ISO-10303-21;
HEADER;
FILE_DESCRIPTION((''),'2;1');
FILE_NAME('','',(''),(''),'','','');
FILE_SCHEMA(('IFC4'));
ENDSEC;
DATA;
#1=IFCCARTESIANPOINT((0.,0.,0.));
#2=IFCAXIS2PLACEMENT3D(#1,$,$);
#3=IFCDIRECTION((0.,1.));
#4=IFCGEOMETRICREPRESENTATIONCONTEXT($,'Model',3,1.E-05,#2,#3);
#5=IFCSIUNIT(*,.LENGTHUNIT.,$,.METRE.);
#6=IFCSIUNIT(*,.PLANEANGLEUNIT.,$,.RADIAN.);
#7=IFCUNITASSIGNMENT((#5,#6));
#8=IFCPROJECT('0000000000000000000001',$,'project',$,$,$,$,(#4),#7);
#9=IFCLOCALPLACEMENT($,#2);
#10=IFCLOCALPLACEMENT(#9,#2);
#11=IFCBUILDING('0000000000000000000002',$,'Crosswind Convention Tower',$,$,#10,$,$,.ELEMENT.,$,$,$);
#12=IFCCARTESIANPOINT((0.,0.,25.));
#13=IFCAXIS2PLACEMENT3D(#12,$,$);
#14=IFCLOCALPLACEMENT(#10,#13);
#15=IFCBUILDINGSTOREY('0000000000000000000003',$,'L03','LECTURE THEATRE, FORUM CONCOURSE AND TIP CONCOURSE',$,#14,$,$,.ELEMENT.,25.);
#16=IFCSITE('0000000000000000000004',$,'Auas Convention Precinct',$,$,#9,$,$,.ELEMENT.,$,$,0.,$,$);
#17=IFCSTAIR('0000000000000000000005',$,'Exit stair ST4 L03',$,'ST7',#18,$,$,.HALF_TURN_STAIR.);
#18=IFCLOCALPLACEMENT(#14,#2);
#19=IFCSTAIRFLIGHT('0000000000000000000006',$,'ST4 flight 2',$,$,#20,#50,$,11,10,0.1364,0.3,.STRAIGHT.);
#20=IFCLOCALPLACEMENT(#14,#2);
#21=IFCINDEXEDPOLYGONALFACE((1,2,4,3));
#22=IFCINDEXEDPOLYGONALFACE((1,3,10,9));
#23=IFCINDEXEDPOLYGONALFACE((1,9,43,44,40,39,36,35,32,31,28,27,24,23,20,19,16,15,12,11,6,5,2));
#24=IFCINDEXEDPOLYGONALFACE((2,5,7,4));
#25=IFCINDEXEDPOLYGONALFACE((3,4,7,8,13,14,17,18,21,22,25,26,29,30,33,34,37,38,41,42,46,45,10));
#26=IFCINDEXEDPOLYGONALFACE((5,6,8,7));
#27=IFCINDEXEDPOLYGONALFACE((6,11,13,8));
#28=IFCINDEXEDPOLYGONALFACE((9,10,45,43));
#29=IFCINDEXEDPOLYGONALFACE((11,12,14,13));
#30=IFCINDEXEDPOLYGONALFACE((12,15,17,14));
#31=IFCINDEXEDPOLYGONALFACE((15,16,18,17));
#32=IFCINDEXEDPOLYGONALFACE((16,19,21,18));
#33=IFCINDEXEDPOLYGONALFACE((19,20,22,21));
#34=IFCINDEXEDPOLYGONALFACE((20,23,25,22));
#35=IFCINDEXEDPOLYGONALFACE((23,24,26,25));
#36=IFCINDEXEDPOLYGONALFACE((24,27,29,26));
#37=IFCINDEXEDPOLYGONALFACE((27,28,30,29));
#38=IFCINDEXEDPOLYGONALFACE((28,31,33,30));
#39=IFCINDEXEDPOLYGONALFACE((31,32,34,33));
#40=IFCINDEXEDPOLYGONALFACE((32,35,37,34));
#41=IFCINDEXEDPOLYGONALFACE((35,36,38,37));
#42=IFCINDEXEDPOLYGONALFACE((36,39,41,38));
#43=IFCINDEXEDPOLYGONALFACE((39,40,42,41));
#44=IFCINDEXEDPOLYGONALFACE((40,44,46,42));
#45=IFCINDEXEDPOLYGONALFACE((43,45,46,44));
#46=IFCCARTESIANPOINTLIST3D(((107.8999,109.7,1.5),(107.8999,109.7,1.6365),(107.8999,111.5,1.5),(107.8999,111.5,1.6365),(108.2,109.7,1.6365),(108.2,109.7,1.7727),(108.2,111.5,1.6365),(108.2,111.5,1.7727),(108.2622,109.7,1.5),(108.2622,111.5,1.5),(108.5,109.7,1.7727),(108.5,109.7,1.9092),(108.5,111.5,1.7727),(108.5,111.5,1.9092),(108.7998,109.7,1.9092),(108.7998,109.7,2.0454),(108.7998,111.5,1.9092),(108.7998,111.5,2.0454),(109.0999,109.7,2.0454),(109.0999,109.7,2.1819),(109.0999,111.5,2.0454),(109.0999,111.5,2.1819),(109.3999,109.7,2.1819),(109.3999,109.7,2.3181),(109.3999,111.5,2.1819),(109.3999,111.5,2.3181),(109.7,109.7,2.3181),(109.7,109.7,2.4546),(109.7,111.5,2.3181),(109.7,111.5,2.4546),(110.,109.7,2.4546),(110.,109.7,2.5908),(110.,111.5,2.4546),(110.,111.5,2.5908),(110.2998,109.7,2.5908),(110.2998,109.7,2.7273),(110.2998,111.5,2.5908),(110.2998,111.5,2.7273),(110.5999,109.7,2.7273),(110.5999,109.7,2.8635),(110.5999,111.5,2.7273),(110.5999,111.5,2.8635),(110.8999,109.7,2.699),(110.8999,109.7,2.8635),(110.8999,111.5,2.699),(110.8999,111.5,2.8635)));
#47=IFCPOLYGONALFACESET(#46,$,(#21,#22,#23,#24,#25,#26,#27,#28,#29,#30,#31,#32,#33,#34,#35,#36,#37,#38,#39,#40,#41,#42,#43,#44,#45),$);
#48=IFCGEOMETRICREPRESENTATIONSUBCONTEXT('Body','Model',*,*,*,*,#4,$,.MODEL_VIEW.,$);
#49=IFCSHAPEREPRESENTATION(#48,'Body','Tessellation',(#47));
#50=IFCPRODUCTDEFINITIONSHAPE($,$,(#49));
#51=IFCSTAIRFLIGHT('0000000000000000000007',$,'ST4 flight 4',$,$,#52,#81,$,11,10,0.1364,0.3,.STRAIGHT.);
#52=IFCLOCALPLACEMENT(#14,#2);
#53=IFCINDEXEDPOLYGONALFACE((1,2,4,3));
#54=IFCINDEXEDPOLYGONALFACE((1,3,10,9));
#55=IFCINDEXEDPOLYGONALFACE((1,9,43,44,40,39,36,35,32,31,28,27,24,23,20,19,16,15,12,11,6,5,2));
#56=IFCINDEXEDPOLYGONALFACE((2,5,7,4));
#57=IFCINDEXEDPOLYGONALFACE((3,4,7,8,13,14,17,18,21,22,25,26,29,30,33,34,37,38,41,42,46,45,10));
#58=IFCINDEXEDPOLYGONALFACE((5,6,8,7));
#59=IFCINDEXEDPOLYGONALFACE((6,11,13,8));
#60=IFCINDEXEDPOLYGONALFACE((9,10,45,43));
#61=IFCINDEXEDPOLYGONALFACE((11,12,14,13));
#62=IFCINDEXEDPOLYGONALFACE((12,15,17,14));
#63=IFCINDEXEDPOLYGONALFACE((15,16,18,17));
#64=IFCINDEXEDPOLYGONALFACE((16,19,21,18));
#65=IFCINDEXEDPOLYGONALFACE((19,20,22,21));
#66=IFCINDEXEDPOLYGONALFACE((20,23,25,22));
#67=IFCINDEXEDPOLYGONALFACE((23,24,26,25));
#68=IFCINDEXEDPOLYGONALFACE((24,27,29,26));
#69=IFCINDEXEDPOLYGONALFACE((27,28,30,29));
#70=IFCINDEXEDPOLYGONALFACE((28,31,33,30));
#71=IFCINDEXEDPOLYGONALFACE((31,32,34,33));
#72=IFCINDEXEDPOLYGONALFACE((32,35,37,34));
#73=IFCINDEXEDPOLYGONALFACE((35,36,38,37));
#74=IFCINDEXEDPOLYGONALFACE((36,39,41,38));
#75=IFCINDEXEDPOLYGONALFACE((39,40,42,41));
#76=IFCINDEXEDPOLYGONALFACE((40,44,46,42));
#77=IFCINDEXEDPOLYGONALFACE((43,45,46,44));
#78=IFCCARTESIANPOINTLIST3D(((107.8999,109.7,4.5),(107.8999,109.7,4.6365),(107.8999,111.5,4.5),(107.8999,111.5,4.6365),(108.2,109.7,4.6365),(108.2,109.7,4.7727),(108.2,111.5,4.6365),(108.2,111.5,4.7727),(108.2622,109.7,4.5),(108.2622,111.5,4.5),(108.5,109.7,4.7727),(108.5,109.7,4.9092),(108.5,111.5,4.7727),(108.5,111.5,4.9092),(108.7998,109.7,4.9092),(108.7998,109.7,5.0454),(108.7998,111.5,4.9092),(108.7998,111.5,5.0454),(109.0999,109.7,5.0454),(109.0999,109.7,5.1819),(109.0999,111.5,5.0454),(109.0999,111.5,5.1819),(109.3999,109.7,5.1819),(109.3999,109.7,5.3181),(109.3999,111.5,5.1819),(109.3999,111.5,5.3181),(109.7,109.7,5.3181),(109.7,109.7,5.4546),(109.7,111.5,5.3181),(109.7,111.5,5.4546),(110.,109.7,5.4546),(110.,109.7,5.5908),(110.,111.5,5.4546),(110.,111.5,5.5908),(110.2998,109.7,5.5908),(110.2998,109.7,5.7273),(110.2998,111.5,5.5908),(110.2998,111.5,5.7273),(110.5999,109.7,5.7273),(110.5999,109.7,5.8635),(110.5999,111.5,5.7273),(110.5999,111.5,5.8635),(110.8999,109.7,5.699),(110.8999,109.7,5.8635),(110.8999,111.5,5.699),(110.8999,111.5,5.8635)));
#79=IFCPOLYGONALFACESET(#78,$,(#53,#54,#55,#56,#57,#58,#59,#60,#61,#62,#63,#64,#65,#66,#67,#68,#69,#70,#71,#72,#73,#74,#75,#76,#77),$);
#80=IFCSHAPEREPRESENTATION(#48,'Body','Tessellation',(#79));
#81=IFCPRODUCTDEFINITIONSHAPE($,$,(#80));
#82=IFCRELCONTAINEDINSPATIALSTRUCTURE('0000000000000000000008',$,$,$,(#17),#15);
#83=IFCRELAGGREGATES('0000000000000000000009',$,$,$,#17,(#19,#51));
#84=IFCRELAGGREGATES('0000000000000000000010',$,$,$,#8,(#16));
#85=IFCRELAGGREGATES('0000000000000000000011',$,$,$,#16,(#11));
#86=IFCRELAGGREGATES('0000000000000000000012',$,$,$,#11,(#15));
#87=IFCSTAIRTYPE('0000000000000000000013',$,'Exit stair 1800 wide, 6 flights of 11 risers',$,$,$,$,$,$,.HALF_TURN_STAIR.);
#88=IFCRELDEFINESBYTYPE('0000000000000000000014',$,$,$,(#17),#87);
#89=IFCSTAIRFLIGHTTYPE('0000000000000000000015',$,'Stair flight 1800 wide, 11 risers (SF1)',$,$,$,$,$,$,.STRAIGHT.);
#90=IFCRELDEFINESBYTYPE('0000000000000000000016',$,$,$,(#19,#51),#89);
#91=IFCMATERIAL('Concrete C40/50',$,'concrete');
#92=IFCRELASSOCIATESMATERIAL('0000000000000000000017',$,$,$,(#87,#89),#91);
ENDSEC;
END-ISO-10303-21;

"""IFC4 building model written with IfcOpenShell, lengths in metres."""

from ifc_helpers import new_model, si_unit, direction, frame, origin, place, context, subcontext, project, spatial, polyline, outline, extrude, material, type_object, element, aggregate, save


model = new_model("IFC4")

# Units and contexts
model_context = context("Model", 3, precision=1e-05, world=origin(), true_north=direction((0.0, 1.0)))
body_context = subcontext(model_context, "Body", "Model", "MODEL_VIEW")
ifc_project = project(units=[si_unit("LENGTHUNIT", "METRE"), si_unit("PLANEANGLEUNIT", "RADIAN")], contexts=[model_context])

# Site, building, storey
site_placement = place(None, origin())
site = spatial("IfcSite", under=ifc_project, at=site_placement, Name="Auas Convention Precinct", CompositionType="ELEMENT", RefElevation=0.0)
building_placement = place(site_placement, origin())
building = spatial("IfcBuilding", under=site, at=building_placement, Name="Crosswind Convention Tower", CompositionType="ELEMENT")
storey_placement = place(building_placement, frame((0.0, 0.0, 25.0)))
storey = spatial("IfcBuildingStorey", under=building, at=storey_placement, Name="L03", Description="LECTURE THEATRE, FORUM CONCOURSE AND TIP CONCOURSE", CompositionType="ELEMENT", Elevation=25.0)

# Stair, stair flights
ifc_material_1 = material(Name="Concrete C40/50", Category="concrete")
stair_type = type_object("IfcStairType", Name="Exit stair 1800 wide, 6 flights of 11 risers", PredefinedType="HALF_TURN_STAIR", material=ifc_material_1)
stair_placement = place(storey_placement, origin())
stair = element("IfcStair", 1, at=stair_placement, inside=storey, type_object=stair_type, Name="Exit stair ST4 L03", ObjectType="ST7", PredefinedType="HALF_TURN_STAIR")
stair_flight_type = type_object("IfcStairFlightType", Name="Stair flight 1800 wide, 11 risers (SF1)", PredefinedType="STRAIGHT", material=ifc_material_1)
stair_flight_1_placement = place(storey_placement, frame((107.8999, 110.6001, 1.5), z_axis=(0.0, 0.0, 1.0), x_axis=(1.0, 0.0, 0.0)))
stair_flight_1 = element("IfcStairFlight", 2, at=stair_flight_1_placement, type_object=stair_flight_type, Name="ST4 flight 2", NumberOfRisers=11, NumberOfTreads=10, PredefinedType="STRAIGHT", RiserHeight=0.1364, TreadLength=0.3, context=body_context, shape_type="SweptSolid", body=[
    extrude(outline(polyline([(0.0, 0.0), (0.0, 0.1365), (0.3, 0.1365), (0.3, 0.2727), (0.6001, 0.2727), (0.6001, 0.4092), (0.8999, 0.4092), (0.8999, 0.5454), (1.2, 0.5454), (1.2, 0.6819), (1.5, 0.6819), (1.5, 0.8181), (1.8, 0.8181), (1.8, 0.9546), (2.1001, 0.9546), (2.1001, 1.0908), (2.3999, 1.0908), (2.3999, 1.2273), (2.7, 1.2273), (2.7, 1.3635), (3.0, 1.3635), (3.0, 1.5), (3.0, 1.199), (0.3623, 0.0), (0.0, 0.0)])), frame((0.0, 0.8999, 0.0), z_axis=(0.0, -1.0, 0.0), x_axis=(1.0, 0.0, 0.0)), (0.0, 0.0, 1.0), 1.8),
])
stair_flight_2_placement = place(storey_placement, frame((107.8999, 110.6001, 4.5), z_axis=(0.0, 0.0, 1.0), x_axis=(1.0, 0.0, 0.0)))
stair_flight_2 = element("IfcStairFlight", 3, at=stair_flight_2_placement, type_object=stair_flight_type, Name="ST4 flight 4", NumberOfRisers=11, NumberOfTreads=10, PredefinedType="STRAIGHT", RiserHeight=0.1364, TreadLength=0.3, context=body_context, shape_type="SweptSolid", body=[
    extrude(outline(polyline([(0.0, 0.0), (0.0, 0.1365), (0.3, 0.1365), (0.3, 0.2727), (0.6001, 0.2727), (0.6001, 0.4092), (0.8999, 0.4092), (0.8999, 0.5454), (1.2, 0.5454), (1.2, 0.6819), (1.5, 0.6819), (1.5, 0.8181), (1.8, 0.8181), (1.8, 0.9546), (2.1001, 0.9546), (2.1001, 1.0908), (2.3999, 1.0908), (2.3999, 1.2273), (2.7, 1.2273), (2.7, 1.3635), (3.0, 1.3635), (3.0, 1.5), (3.0, 1.199), (0.3623, 0.0), (0.0, 0.0)])), frame((0.0, 0.8999, 0.0), z_axis=(0.0, -1.0, 0.0), x_axis=(1.0, 0.0, 0.0)), (0.0, 0.0, 1.0), 1.8),
])
aggregate(stair, [stair_flight_1, stair_flight_2])

save(model, "model.ifc")
